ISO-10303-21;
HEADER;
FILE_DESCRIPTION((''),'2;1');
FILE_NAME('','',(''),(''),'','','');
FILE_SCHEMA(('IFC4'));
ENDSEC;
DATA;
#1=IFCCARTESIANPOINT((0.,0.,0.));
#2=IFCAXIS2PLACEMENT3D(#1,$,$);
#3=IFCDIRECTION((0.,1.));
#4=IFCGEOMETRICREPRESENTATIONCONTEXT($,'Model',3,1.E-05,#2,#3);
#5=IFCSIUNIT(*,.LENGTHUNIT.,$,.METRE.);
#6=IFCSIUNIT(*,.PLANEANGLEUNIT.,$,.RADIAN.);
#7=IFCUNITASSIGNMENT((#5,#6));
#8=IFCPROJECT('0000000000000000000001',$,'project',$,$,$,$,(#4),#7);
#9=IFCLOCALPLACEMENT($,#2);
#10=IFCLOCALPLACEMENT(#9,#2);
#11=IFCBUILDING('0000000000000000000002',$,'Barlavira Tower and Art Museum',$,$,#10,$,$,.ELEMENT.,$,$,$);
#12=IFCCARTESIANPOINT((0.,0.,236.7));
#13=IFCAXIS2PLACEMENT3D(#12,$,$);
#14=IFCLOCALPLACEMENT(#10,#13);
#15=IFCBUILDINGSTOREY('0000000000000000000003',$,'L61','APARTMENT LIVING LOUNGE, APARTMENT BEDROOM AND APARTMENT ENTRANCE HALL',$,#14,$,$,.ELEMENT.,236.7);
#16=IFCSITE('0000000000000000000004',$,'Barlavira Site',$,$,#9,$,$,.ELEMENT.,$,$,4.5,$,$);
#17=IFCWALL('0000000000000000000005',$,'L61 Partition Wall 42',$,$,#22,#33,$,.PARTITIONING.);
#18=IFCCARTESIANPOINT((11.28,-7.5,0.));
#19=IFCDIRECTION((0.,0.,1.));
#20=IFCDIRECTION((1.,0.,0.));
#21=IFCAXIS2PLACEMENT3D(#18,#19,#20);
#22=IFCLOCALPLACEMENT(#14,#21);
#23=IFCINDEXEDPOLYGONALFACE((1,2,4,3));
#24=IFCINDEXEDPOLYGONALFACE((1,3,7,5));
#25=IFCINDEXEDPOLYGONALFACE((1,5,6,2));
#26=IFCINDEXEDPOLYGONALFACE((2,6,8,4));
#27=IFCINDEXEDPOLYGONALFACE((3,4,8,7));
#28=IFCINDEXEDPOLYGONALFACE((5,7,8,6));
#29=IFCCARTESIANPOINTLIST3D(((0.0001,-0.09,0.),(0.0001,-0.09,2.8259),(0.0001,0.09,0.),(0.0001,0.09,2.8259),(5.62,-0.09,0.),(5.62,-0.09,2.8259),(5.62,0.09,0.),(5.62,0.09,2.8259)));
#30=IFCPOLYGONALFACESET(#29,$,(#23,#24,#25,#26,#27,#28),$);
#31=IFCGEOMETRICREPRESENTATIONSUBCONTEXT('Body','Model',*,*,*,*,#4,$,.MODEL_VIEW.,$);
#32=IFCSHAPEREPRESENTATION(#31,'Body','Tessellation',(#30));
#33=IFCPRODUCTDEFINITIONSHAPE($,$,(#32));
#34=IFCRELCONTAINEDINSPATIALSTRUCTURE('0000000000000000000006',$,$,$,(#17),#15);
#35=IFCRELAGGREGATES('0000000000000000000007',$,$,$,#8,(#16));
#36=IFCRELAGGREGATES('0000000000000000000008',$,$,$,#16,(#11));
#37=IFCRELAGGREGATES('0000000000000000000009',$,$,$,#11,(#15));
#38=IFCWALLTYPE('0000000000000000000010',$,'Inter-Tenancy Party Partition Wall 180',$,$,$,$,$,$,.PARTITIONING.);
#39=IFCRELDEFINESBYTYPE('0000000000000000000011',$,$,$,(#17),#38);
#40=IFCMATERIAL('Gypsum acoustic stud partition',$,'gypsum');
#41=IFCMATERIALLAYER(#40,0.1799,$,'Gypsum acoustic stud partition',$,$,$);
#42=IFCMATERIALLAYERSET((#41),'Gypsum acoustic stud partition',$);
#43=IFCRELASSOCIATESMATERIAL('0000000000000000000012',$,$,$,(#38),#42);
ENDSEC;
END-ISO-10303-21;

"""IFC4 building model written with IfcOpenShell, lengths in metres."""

from ifc_helpers import new_model, si_unit, direction, frame, frame_2d, origin, place, context, subcontext, project, spatial, rectangle, extrude, material, layer, layer_set, type_object, element, save


model = new_model("IFC4")

# Units and contexts
model_context = context("Model", 3, precision=1e-05, world=origin(), true_north=direction((0.0, 1.0)))
body_context = subcontext(model_context, "Body", "Model", "MODEL_VIEW")
ifc_project = project(units=[si_unit("LENGTHUNIT", "METRE"), si_unit("PLANEANGLEUNIT", "RADIAN")], contexts=[model_context])

# Site, building, storey
site_placement = place(None, origin())
site = spatial("IfcSite", under=ifc_project, at=site_placement, Name="Barlavira Site", CompositionType="ELEMENT", RefElevation=4.5)
building_placement = place(site_placement, origin())
building = spatial("IfcBuilding", under=site, at=building_placement, Name="Barlavira Tower and Art Museum", CompositionType="ELEMENT")
storey_placement = place(building_placement, frame((0.0, 0.0, 236.7)))
storey = spatial("IfcBuildingStorey", under=building, at=storey_placement, Name="L61", Description="APARTMENT LIVING LOUNGE, APARTMENT BEDROOM AND APARTMENT ENTRANCE HALL", CompositionType="ELEMENT", Elevation=236.7)

# Wall
ifc_material_1 = material(Name="Gypsum acoustic stud partition", Category="gypsum")
ifc_layer_1 = layer(ifc_material_1, 0.1799, Name="Gypsum acoustic stud partition")
ifc_layer_set_1 = layer_set([ifc_layer_1], Name="Gypsum acoustic stud partition")
wall_type_1 = type_object("IfcWallType", Name="Inter-Tenancy Party Partition Wall 180", PredefinedType="PARTITIONING", material=ifc_layer_set_1)
wall_1_placement = place(storey_placement, frame((11.28, -7.5, 0.0), z_axis=(0.0, 0.0, 1.0), x_axis=(1.0, 0.0, 0.0)))
element("IfcWall", 1, at=wall_1_placement, inside=storey, type_object=wall_type_1, Name="L61 Partition Wall 42", PredefinedType="PARTITIONING", context=body_context, shape_type="SweptSolid", body=[
    extrude(rectangle(XDim=5.6199, YDim=0.1799, at=frame_2d((2.8101, 0.0))), origin(), (0.0, 0.0, 1.0), 2.8259),
])

save(model, "model.ifc")
